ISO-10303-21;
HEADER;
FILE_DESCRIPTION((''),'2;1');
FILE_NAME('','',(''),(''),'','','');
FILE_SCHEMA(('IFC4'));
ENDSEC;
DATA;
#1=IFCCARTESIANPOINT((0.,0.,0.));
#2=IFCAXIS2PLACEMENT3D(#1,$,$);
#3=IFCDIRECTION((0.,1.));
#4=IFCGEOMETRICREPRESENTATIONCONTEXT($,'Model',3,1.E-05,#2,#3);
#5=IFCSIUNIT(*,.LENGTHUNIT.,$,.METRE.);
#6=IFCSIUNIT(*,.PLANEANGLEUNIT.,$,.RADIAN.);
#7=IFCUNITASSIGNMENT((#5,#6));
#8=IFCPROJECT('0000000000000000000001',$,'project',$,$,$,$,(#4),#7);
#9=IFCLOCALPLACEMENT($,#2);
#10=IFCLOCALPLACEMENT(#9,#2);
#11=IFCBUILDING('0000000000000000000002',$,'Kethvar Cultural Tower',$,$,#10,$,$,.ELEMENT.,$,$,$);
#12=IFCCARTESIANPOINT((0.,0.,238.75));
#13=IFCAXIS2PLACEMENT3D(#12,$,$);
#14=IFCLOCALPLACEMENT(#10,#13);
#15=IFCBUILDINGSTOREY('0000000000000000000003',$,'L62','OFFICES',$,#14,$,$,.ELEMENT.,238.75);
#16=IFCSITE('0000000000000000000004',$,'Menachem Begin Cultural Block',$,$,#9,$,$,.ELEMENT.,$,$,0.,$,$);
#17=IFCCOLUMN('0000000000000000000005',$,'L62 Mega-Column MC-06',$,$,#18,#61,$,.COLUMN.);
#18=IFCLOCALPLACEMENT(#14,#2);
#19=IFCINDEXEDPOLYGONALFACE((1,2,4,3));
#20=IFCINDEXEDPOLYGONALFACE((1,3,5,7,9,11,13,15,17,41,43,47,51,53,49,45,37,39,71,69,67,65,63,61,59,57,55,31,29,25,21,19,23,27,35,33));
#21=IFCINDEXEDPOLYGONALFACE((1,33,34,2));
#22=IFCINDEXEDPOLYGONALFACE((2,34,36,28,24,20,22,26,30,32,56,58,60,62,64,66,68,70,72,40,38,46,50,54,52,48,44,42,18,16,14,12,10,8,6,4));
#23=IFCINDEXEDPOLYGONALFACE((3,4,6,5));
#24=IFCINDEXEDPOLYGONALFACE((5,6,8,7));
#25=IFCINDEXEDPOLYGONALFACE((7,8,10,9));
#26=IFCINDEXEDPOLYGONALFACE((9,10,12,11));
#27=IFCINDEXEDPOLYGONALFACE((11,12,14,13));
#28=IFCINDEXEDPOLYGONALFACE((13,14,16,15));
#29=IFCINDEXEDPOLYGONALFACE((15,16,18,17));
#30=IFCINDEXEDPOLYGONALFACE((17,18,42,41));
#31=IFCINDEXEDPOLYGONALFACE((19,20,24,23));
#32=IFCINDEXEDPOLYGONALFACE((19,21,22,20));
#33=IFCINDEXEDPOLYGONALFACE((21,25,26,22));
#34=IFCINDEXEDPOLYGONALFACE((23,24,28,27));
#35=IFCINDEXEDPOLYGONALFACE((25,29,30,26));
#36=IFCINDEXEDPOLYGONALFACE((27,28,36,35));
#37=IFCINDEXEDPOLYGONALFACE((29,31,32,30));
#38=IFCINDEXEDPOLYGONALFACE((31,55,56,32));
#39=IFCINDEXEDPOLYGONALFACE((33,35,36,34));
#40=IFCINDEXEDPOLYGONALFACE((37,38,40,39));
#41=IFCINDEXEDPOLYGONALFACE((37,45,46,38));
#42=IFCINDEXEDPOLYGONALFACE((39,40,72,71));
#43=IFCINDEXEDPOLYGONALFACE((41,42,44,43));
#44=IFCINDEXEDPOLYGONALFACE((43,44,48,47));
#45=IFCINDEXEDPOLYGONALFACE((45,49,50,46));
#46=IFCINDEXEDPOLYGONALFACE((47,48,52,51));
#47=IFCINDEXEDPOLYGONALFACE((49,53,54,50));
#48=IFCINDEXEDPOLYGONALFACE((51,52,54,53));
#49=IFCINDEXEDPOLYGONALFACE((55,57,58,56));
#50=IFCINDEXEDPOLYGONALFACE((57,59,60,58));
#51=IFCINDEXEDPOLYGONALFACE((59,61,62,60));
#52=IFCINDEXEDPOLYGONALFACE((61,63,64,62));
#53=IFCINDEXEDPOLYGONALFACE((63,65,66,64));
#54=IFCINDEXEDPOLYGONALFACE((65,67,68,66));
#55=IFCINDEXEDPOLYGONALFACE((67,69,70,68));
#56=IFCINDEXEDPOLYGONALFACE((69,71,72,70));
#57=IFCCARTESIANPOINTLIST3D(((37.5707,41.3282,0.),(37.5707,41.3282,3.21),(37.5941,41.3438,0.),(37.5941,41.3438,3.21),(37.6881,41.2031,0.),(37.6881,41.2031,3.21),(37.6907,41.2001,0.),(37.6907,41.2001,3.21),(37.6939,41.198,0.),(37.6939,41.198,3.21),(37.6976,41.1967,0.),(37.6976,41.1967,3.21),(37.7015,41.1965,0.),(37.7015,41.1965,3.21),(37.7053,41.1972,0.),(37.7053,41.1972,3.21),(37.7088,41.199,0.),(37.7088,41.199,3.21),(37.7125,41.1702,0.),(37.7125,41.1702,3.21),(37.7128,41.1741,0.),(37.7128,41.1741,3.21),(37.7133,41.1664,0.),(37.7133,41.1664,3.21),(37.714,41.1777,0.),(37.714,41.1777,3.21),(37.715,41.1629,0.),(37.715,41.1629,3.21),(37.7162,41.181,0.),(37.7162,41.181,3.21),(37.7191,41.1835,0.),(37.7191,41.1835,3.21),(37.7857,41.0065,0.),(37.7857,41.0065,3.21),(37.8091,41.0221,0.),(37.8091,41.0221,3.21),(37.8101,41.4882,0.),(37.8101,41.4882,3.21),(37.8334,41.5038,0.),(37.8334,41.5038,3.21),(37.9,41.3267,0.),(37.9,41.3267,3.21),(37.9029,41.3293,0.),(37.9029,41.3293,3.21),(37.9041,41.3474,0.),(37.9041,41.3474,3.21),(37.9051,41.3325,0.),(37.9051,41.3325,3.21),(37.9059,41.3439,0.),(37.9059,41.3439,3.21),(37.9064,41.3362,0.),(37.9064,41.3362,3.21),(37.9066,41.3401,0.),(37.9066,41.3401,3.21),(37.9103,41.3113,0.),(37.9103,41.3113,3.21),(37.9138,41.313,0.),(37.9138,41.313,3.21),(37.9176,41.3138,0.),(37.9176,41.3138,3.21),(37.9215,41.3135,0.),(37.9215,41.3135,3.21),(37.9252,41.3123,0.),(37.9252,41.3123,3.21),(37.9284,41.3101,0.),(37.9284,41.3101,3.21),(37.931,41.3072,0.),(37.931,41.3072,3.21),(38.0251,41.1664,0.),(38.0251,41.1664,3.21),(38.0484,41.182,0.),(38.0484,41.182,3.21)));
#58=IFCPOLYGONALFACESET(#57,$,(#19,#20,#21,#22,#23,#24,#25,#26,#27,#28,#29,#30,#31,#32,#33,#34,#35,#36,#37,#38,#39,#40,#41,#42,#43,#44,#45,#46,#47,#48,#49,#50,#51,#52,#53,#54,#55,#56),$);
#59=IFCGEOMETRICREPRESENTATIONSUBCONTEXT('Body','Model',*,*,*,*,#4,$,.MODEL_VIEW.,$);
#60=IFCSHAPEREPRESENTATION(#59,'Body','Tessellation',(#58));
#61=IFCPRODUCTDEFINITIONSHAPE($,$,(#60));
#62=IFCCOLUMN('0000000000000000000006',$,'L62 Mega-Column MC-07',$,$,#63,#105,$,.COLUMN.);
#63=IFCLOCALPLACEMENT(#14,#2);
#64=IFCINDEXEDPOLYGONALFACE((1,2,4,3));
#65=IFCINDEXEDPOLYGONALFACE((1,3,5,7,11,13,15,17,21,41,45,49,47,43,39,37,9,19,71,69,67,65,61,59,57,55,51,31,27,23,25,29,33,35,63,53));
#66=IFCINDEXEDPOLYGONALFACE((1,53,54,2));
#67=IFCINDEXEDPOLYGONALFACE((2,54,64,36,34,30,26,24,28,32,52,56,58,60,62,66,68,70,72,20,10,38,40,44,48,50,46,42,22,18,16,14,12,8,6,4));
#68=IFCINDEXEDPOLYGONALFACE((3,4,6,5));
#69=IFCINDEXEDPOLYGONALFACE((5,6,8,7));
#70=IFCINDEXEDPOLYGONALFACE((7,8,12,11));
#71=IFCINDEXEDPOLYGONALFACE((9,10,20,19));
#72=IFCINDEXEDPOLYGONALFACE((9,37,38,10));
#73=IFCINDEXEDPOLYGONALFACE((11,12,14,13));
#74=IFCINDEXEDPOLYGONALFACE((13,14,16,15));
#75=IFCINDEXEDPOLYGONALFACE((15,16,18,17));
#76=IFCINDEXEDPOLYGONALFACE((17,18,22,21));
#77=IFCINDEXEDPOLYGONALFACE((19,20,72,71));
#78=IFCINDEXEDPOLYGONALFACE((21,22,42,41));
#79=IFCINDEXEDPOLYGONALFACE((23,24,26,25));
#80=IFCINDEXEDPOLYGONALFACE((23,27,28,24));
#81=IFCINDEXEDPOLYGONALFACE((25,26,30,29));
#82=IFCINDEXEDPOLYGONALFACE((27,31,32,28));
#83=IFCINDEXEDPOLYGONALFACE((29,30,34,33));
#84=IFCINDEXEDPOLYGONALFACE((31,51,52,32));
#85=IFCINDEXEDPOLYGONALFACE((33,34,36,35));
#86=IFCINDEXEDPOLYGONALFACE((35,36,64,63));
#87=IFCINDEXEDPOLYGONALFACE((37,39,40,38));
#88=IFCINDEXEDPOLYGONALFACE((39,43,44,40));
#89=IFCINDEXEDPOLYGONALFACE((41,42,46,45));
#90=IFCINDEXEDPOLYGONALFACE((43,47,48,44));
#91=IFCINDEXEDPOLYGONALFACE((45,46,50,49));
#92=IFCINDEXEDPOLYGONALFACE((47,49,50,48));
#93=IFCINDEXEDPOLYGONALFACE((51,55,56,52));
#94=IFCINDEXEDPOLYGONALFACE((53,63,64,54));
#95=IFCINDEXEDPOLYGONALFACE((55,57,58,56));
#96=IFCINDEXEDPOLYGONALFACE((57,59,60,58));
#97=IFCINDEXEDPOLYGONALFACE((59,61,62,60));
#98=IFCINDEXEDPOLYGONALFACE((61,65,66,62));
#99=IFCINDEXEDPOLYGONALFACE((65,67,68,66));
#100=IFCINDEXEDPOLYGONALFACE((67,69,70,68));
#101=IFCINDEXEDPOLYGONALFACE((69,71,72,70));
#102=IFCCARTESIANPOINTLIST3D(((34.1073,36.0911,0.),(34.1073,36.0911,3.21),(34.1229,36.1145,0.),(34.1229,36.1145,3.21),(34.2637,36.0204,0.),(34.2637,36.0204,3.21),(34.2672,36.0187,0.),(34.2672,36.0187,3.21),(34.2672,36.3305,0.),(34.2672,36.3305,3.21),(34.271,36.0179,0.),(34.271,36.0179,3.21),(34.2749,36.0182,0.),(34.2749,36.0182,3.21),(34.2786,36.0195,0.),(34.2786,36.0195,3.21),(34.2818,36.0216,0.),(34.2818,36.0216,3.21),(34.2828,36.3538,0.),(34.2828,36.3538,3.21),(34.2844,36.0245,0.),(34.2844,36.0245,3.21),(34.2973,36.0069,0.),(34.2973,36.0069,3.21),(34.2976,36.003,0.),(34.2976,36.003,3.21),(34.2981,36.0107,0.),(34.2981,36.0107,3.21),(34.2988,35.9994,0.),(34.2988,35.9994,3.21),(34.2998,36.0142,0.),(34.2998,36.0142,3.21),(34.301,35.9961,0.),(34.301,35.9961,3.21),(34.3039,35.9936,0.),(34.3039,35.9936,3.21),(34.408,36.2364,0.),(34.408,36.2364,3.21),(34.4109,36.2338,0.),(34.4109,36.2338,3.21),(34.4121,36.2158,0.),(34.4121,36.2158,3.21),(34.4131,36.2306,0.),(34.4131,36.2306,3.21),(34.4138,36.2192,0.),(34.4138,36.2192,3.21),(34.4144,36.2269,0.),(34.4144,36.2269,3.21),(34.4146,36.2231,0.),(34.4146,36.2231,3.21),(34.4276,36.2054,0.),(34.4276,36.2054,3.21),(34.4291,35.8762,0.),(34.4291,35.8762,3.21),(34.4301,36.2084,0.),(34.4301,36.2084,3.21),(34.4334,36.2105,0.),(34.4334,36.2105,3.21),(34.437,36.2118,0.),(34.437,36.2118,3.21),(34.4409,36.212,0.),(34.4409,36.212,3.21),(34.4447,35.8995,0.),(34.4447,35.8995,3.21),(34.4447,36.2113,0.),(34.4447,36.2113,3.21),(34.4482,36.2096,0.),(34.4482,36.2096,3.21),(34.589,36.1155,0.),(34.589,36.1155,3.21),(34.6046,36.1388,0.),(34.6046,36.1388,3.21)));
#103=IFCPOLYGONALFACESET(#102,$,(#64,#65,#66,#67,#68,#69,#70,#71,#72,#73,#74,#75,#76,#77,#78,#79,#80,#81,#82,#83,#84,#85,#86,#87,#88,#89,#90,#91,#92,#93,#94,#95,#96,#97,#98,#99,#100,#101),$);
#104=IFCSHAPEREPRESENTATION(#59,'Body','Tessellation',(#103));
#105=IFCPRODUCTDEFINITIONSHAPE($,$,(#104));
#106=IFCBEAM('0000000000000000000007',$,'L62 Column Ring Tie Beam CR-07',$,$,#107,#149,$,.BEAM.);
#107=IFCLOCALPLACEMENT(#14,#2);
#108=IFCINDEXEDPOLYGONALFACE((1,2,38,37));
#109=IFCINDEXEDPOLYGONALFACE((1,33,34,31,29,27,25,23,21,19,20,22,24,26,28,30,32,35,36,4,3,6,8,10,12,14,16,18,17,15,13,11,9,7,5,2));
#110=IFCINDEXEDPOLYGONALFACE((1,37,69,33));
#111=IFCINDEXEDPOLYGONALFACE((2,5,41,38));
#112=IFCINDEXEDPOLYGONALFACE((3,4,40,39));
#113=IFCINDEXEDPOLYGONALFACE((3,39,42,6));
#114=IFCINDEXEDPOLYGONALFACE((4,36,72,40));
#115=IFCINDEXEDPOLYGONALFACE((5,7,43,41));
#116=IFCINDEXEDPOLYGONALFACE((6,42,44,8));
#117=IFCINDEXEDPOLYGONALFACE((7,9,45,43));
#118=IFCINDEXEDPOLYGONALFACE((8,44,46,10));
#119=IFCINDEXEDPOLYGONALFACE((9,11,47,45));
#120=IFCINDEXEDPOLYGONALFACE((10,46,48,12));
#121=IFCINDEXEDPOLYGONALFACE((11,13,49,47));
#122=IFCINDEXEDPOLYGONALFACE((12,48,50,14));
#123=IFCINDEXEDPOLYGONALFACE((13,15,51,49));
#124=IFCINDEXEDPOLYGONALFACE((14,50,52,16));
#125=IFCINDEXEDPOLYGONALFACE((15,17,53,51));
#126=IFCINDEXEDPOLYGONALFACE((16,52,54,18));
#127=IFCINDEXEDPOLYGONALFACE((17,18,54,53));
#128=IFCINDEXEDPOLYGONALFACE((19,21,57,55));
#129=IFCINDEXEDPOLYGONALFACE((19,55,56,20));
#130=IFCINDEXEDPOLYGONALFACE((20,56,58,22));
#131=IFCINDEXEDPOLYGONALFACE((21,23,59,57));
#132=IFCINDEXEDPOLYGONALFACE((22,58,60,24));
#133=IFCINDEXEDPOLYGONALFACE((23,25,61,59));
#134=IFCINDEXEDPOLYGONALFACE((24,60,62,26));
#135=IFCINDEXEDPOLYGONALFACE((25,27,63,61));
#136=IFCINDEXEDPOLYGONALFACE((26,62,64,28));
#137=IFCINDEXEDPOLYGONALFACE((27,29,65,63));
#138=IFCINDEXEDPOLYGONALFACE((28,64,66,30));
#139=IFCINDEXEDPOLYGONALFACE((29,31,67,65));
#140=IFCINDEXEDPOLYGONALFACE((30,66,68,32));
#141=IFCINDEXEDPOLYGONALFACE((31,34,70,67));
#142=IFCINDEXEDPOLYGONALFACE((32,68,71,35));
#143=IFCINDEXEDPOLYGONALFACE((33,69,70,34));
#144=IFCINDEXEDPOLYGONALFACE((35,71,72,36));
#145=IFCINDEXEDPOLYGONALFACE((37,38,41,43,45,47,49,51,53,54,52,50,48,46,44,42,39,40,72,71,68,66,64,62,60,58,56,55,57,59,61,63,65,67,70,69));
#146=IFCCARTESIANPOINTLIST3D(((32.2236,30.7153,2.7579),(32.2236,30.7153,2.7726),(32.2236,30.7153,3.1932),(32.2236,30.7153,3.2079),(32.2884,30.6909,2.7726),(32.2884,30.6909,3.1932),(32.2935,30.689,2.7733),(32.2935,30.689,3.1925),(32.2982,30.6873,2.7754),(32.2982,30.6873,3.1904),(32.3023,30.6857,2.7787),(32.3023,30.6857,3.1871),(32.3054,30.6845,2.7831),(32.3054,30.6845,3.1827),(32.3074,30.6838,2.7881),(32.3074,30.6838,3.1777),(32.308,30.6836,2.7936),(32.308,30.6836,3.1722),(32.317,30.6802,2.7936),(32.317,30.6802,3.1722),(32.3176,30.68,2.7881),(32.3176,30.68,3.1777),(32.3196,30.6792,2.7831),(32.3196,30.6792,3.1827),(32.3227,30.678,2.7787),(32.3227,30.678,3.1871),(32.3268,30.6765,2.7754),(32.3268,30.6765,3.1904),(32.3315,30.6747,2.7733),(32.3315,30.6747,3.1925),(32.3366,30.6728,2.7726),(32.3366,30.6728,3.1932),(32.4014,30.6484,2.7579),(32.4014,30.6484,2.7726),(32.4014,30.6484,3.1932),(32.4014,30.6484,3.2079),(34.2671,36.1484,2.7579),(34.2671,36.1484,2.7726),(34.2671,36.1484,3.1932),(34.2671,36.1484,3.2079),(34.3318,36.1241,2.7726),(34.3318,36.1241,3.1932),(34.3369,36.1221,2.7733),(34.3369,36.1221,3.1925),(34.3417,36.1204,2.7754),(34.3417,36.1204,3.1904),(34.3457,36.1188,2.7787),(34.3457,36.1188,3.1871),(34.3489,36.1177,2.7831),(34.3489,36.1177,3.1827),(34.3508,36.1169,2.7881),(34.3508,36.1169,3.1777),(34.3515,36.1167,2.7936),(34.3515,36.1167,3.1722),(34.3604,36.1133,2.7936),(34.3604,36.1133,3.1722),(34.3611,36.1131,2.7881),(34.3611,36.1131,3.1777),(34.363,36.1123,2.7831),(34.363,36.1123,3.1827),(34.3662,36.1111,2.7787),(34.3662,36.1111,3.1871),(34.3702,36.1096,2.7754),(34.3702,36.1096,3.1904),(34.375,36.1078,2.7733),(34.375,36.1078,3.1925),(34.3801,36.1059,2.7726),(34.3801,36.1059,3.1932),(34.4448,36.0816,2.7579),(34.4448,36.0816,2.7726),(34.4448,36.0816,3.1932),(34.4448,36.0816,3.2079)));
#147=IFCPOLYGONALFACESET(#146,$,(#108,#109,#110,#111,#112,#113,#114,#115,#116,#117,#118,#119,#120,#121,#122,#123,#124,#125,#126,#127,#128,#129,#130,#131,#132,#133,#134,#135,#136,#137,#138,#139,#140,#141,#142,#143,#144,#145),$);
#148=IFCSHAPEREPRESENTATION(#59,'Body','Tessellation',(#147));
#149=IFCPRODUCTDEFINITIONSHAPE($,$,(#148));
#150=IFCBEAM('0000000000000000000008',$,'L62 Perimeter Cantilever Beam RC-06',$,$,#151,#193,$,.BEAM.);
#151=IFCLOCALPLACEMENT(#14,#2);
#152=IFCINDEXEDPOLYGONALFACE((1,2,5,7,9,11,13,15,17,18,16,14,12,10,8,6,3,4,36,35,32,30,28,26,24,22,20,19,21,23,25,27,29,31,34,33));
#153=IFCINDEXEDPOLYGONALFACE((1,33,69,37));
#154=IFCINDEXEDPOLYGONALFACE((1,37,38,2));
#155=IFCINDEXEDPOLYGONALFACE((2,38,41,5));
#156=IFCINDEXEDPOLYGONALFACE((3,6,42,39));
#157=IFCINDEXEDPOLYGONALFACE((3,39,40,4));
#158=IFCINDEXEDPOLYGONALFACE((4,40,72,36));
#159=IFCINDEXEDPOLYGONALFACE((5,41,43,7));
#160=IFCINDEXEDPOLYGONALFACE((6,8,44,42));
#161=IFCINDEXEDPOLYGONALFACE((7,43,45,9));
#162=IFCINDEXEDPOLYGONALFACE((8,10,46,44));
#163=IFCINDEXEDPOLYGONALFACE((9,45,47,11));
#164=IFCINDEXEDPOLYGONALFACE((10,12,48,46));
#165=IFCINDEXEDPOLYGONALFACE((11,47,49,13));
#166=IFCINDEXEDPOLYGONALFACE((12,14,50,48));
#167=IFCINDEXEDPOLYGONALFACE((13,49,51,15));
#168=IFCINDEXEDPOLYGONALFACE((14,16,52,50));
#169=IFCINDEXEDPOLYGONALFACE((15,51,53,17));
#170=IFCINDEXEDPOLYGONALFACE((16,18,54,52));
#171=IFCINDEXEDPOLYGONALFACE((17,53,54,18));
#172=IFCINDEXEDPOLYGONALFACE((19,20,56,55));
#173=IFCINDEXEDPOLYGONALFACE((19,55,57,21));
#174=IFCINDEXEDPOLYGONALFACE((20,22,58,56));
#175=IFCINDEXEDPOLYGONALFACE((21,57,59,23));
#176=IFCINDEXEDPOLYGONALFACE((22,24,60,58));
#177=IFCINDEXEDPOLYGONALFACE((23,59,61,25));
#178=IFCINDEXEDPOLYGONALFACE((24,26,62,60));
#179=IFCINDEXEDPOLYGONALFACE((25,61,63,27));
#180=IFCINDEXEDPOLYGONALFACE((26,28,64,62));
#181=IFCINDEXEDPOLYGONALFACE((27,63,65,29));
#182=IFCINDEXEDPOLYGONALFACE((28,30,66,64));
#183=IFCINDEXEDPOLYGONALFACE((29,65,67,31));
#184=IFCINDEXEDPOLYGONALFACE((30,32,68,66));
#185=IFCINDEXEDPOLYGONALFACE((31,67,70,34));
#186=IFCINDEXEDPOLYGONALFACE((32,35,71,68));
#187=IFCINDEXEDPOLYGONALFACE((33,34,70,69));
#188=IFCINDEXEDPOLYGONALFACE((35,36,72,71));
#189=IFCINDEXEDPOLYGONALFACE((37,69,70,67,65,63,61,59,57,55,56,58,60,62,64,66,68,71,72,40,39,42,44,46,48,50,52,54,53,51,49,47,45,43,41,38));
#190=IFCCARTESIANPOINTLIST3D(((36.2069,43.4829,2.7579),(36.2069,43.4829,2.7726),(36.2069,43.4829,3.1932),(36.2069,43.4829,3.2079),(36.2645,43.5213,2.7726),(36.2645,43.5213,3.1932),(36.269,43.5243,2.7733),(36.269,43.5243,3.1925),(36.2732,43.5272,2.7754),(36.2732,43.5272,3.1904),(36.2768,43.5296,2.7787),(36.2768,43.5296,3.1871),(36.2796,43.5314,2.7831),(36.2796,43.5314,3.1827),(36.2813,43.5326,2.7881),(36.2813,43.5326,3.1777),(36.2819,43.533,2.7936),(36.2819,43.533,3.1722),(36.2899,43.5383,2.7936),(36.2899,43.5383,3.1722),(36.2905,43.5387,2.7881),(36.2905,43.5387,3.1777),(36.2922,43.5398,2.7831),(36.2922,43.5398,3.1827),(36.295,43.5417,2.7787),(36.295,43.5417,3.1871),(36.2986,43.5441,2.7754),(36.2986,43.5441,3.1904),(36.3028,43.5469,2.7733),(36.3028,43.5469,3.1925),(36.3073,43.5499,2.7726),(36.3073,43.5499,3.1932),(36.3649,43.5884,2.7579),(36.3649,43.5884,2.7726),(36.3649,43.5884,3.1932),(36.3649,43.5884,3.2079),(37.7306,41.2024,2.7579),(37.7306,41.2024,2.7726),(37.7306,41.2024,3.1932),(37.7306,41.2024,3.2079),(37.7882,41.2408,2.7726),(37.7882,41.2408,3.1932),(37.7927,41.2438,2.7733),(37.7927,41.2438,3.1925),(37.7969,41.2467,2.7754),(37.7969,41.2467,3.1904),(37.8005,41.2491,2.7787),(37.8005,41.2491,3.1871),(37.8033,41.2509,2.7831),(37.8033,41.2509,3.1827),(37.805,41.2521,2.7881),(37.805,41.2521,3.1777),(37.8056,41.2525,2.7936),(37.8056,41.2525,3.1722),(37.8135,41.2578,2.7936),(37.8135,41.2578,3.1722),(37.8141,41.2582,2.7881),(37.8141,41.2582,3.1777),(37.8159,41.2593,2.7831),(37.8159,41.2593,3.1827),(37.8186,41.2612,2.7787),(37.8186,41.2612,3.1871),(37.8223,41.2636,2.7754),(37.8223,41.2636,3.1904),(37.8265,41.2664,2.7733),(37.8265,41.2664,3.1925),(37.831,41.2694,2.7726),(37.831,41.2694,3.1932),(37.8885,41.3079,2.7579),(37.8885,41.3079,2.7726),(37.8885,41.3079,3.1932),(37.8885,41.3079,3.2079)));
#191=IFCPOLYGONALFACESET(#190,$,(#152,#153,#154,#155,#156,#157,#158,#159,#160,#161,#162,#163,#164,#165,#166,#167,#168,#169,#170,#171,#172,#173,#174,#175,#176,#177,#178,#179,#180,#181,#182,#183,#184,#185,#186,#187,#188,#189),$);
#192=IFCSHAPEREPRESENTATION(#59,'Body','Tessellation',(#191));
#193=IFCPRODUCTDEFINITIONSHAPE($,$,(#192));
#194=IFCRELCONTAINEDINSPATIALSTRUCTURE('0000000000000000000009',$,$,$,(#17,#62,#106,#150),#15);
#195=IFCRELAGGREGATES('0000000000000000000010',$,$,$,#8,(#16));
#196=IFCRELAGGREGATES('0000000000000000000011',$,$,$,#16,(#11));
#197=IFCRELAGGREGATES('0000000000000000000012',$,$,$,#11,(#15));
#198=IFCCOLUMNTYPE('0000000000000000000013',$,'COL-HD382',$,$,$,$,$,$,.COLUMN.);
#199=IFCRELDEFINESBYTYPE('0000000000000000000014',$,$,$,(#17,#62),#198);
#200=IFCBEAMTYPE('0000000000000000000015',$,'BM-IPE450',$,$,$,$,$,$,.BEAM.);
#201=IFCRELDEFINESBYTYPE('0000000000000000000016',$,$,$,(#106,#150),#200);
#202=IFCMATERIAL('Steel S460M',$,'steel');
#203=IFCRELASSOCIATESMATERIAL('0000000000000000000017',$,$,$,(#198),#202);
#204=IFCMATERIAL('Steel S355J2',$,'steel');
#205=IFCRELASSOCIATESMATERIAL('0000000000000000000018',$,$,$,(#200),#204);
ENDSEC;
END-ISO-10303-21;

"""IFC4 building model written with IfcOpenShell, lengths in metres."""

from ifc_helpers import new_model, si_unit, direction, frame, origin, origin_2d, place, context, subcontext, project, spatial, i_section, extrude, source, transform, mapped, material, material_profile, profile_set, type_object, element, save


model = new_model("IFC4")

# Units and contexts
model_context = context("Model", 3, precision=1e-05, world=origin(), true_north=direction((0.0, 1.0)))
body_context = subcontext(model_context, "Body", "Model", "MODEL_VIEW")
ifc_project = project(units=[si_unit("LENGTHUNIT", "METRE"), si_unit("PLANEANGLEUNIT", "RADIAN")], contexts=[model_context])

# Site, building, storey
site_placement = place(None, origin())
site = spatial("IfcSite", under=ifc_project, at=site_placement, Name="Menachem Begin Cultural Block", CompositionType="ELEMENT", RefElevation=0.0)
building_placement = place(site_placement, origin())
building = spatial("IfcBuilding", under=site, at=building_placement, Name="Kethvar Cultural Tower", CompositionType="ELEMENT")
storey_placement = place(building_placement, frame((0.0, 0.0, 238.75)))
storey = spatial("IfcBuildingStorey", under=building, at=storey_placement, Name="L62", Description="OFFICES", CompositionType="ELEMENT", Elevation=238.75)

# Columns
ifc_material_1 = material(Name="Steel S460M", Category="steel")
ifc_material_profile_1 = material_profile(ifc_material_1, i_section(OverallWidth=0.387, OverallDepth=0.3159, WebThickness=0.0186, FlangeThickness=0.0281, FilletRadius=0.0149, at=origin_2d()), Name="Steel S460M — HD400x382")
ifc_profile_set_1 = profile_set([ifc_material_profile_1], Name="Steel S460M — HD400x382")
column_type = type_object("IfcColumnType", Name="COL-HD382", PredefinedType="COLUMN", material=ifc_profile_set_1)
shared_shape_1 = source(origin(), body_context, "Body", "SweptSolid", [
    extrude(i_section(OverallWidth=0.387, OverallDepth=0.3159, WebThickness=0.0186, FlangeThickness=0.0281, FilletRadius=0.0149, at=origin_2d()), origin(), (0.0, 0.0, 1.0), 3.21),
])
for number, where, z_axis, x_axis, name in (
    (1, (37.8096, 41.2551, 0.0), (0.0, 0.0, 1.0), (-0.55557, 0.83147, 0.0), "L62 Mega-Column MC-06"),
    (2, (34.356, 36.115, 0.0), (0.0, 0.0, 1.0), (-0.83147, 0.55557, 0.0), "L62 Mega-Column MC-07"),
):
    element("IfcColumn", number, at=place(storey_placement, frame(where, z_axis=z_axis, x_axis=x_axis)), inside=storey, type_object=column_type, Name=name, PredefinedType="COLUMN", context=body_context, shape_type="MappedRepresentation", body=[
        mapped(shared_shape_1, transform((0.0, 0.0, 0.0), scale=1.0)),
    ])

# Beams
ifc_material_2 = material(Name="Steel S355J2", Category="steel")
ifc_material_profile_2 = material_profile(ifc_material_2, i_section(OverallWidth=0.1899, OverallDepth=0.45, WebThickness=0.0095, FlangeThickness=0.0146, FilletRadius=0.021, at=origin_2d()), Name="Steel S355J2 — IPE450")
ifc_profile_set_2 = profile_set([ifc_material_profile_2], Name="Steel S355J2 — IPE450")
beam_type_1 = type_object("IfcBeamType", Name="BM-IPE450", PredefinedType="BEAM", material=ifc_profile_set_2)
shared_shape_2 = source(origin(), body_context, "Body", "SweptSolid", [
    extrude(i_section(OverallWidth=0.1899, OverallDepth=0.45, WebThickness=0.0095, FlangeThickness=0.0146, FilletRadius=0.021, at=origin_2d()), origin(), (0.0, 0.0, 1.0), 5.8047),
])
beam_1_placement = place(storey_placement, frame((34.356, 36.115, 2.9829), z_axis=(-0.352036, -0.935986, 0.0), x_axis=(0.935986, -0.352036, 0.0)))
element("IfcBeam", 3, at=beam_1_placement, inside=storey, type_object=beam_type_1, Name="L62 Column Ring Tie Beam CR-07", PredefinedType="BEAM", context=body_context, shape_type="MappedRepresentation", body=[
    mapped(shared_shape_2, transform((0.0, 0.0, 0.0), scale=1.0)),
])
shared_shape_3 = source(origin(), body_context, "Body", "SweptSolid", [
    extrude(i_section(OverallWidth=0.1899, OverallDepth=0.45, WebThickness=0.0095, FlangeThickness=0.0146, FilletRadius=0.021, at=origin_2d()), origin(), (0.0, 0.0, 1.0), 2.7427),
])
beam_2_placement = place(storey_placement, frame((37.8096, 41.2551, 2.9829), z_axis=(-0.555542, 0.831488, 0.0), x_axis=(-0.831488, -0.555542, 0.0)))
element("IfcBeam", 4, at=beam_2_placement, inside=storey, type_object=beam_type_1, Name="L62 Perimeter Cantilever Beam RC-06", PredefinedType="BEAM", context=body_context, shape_type="MappedRepresentation", body=[
    mapped(shared_shape_3, transform((0.0, 0.0, 0.0), scale=1.0)),
])

save(model, "model.ifc")
